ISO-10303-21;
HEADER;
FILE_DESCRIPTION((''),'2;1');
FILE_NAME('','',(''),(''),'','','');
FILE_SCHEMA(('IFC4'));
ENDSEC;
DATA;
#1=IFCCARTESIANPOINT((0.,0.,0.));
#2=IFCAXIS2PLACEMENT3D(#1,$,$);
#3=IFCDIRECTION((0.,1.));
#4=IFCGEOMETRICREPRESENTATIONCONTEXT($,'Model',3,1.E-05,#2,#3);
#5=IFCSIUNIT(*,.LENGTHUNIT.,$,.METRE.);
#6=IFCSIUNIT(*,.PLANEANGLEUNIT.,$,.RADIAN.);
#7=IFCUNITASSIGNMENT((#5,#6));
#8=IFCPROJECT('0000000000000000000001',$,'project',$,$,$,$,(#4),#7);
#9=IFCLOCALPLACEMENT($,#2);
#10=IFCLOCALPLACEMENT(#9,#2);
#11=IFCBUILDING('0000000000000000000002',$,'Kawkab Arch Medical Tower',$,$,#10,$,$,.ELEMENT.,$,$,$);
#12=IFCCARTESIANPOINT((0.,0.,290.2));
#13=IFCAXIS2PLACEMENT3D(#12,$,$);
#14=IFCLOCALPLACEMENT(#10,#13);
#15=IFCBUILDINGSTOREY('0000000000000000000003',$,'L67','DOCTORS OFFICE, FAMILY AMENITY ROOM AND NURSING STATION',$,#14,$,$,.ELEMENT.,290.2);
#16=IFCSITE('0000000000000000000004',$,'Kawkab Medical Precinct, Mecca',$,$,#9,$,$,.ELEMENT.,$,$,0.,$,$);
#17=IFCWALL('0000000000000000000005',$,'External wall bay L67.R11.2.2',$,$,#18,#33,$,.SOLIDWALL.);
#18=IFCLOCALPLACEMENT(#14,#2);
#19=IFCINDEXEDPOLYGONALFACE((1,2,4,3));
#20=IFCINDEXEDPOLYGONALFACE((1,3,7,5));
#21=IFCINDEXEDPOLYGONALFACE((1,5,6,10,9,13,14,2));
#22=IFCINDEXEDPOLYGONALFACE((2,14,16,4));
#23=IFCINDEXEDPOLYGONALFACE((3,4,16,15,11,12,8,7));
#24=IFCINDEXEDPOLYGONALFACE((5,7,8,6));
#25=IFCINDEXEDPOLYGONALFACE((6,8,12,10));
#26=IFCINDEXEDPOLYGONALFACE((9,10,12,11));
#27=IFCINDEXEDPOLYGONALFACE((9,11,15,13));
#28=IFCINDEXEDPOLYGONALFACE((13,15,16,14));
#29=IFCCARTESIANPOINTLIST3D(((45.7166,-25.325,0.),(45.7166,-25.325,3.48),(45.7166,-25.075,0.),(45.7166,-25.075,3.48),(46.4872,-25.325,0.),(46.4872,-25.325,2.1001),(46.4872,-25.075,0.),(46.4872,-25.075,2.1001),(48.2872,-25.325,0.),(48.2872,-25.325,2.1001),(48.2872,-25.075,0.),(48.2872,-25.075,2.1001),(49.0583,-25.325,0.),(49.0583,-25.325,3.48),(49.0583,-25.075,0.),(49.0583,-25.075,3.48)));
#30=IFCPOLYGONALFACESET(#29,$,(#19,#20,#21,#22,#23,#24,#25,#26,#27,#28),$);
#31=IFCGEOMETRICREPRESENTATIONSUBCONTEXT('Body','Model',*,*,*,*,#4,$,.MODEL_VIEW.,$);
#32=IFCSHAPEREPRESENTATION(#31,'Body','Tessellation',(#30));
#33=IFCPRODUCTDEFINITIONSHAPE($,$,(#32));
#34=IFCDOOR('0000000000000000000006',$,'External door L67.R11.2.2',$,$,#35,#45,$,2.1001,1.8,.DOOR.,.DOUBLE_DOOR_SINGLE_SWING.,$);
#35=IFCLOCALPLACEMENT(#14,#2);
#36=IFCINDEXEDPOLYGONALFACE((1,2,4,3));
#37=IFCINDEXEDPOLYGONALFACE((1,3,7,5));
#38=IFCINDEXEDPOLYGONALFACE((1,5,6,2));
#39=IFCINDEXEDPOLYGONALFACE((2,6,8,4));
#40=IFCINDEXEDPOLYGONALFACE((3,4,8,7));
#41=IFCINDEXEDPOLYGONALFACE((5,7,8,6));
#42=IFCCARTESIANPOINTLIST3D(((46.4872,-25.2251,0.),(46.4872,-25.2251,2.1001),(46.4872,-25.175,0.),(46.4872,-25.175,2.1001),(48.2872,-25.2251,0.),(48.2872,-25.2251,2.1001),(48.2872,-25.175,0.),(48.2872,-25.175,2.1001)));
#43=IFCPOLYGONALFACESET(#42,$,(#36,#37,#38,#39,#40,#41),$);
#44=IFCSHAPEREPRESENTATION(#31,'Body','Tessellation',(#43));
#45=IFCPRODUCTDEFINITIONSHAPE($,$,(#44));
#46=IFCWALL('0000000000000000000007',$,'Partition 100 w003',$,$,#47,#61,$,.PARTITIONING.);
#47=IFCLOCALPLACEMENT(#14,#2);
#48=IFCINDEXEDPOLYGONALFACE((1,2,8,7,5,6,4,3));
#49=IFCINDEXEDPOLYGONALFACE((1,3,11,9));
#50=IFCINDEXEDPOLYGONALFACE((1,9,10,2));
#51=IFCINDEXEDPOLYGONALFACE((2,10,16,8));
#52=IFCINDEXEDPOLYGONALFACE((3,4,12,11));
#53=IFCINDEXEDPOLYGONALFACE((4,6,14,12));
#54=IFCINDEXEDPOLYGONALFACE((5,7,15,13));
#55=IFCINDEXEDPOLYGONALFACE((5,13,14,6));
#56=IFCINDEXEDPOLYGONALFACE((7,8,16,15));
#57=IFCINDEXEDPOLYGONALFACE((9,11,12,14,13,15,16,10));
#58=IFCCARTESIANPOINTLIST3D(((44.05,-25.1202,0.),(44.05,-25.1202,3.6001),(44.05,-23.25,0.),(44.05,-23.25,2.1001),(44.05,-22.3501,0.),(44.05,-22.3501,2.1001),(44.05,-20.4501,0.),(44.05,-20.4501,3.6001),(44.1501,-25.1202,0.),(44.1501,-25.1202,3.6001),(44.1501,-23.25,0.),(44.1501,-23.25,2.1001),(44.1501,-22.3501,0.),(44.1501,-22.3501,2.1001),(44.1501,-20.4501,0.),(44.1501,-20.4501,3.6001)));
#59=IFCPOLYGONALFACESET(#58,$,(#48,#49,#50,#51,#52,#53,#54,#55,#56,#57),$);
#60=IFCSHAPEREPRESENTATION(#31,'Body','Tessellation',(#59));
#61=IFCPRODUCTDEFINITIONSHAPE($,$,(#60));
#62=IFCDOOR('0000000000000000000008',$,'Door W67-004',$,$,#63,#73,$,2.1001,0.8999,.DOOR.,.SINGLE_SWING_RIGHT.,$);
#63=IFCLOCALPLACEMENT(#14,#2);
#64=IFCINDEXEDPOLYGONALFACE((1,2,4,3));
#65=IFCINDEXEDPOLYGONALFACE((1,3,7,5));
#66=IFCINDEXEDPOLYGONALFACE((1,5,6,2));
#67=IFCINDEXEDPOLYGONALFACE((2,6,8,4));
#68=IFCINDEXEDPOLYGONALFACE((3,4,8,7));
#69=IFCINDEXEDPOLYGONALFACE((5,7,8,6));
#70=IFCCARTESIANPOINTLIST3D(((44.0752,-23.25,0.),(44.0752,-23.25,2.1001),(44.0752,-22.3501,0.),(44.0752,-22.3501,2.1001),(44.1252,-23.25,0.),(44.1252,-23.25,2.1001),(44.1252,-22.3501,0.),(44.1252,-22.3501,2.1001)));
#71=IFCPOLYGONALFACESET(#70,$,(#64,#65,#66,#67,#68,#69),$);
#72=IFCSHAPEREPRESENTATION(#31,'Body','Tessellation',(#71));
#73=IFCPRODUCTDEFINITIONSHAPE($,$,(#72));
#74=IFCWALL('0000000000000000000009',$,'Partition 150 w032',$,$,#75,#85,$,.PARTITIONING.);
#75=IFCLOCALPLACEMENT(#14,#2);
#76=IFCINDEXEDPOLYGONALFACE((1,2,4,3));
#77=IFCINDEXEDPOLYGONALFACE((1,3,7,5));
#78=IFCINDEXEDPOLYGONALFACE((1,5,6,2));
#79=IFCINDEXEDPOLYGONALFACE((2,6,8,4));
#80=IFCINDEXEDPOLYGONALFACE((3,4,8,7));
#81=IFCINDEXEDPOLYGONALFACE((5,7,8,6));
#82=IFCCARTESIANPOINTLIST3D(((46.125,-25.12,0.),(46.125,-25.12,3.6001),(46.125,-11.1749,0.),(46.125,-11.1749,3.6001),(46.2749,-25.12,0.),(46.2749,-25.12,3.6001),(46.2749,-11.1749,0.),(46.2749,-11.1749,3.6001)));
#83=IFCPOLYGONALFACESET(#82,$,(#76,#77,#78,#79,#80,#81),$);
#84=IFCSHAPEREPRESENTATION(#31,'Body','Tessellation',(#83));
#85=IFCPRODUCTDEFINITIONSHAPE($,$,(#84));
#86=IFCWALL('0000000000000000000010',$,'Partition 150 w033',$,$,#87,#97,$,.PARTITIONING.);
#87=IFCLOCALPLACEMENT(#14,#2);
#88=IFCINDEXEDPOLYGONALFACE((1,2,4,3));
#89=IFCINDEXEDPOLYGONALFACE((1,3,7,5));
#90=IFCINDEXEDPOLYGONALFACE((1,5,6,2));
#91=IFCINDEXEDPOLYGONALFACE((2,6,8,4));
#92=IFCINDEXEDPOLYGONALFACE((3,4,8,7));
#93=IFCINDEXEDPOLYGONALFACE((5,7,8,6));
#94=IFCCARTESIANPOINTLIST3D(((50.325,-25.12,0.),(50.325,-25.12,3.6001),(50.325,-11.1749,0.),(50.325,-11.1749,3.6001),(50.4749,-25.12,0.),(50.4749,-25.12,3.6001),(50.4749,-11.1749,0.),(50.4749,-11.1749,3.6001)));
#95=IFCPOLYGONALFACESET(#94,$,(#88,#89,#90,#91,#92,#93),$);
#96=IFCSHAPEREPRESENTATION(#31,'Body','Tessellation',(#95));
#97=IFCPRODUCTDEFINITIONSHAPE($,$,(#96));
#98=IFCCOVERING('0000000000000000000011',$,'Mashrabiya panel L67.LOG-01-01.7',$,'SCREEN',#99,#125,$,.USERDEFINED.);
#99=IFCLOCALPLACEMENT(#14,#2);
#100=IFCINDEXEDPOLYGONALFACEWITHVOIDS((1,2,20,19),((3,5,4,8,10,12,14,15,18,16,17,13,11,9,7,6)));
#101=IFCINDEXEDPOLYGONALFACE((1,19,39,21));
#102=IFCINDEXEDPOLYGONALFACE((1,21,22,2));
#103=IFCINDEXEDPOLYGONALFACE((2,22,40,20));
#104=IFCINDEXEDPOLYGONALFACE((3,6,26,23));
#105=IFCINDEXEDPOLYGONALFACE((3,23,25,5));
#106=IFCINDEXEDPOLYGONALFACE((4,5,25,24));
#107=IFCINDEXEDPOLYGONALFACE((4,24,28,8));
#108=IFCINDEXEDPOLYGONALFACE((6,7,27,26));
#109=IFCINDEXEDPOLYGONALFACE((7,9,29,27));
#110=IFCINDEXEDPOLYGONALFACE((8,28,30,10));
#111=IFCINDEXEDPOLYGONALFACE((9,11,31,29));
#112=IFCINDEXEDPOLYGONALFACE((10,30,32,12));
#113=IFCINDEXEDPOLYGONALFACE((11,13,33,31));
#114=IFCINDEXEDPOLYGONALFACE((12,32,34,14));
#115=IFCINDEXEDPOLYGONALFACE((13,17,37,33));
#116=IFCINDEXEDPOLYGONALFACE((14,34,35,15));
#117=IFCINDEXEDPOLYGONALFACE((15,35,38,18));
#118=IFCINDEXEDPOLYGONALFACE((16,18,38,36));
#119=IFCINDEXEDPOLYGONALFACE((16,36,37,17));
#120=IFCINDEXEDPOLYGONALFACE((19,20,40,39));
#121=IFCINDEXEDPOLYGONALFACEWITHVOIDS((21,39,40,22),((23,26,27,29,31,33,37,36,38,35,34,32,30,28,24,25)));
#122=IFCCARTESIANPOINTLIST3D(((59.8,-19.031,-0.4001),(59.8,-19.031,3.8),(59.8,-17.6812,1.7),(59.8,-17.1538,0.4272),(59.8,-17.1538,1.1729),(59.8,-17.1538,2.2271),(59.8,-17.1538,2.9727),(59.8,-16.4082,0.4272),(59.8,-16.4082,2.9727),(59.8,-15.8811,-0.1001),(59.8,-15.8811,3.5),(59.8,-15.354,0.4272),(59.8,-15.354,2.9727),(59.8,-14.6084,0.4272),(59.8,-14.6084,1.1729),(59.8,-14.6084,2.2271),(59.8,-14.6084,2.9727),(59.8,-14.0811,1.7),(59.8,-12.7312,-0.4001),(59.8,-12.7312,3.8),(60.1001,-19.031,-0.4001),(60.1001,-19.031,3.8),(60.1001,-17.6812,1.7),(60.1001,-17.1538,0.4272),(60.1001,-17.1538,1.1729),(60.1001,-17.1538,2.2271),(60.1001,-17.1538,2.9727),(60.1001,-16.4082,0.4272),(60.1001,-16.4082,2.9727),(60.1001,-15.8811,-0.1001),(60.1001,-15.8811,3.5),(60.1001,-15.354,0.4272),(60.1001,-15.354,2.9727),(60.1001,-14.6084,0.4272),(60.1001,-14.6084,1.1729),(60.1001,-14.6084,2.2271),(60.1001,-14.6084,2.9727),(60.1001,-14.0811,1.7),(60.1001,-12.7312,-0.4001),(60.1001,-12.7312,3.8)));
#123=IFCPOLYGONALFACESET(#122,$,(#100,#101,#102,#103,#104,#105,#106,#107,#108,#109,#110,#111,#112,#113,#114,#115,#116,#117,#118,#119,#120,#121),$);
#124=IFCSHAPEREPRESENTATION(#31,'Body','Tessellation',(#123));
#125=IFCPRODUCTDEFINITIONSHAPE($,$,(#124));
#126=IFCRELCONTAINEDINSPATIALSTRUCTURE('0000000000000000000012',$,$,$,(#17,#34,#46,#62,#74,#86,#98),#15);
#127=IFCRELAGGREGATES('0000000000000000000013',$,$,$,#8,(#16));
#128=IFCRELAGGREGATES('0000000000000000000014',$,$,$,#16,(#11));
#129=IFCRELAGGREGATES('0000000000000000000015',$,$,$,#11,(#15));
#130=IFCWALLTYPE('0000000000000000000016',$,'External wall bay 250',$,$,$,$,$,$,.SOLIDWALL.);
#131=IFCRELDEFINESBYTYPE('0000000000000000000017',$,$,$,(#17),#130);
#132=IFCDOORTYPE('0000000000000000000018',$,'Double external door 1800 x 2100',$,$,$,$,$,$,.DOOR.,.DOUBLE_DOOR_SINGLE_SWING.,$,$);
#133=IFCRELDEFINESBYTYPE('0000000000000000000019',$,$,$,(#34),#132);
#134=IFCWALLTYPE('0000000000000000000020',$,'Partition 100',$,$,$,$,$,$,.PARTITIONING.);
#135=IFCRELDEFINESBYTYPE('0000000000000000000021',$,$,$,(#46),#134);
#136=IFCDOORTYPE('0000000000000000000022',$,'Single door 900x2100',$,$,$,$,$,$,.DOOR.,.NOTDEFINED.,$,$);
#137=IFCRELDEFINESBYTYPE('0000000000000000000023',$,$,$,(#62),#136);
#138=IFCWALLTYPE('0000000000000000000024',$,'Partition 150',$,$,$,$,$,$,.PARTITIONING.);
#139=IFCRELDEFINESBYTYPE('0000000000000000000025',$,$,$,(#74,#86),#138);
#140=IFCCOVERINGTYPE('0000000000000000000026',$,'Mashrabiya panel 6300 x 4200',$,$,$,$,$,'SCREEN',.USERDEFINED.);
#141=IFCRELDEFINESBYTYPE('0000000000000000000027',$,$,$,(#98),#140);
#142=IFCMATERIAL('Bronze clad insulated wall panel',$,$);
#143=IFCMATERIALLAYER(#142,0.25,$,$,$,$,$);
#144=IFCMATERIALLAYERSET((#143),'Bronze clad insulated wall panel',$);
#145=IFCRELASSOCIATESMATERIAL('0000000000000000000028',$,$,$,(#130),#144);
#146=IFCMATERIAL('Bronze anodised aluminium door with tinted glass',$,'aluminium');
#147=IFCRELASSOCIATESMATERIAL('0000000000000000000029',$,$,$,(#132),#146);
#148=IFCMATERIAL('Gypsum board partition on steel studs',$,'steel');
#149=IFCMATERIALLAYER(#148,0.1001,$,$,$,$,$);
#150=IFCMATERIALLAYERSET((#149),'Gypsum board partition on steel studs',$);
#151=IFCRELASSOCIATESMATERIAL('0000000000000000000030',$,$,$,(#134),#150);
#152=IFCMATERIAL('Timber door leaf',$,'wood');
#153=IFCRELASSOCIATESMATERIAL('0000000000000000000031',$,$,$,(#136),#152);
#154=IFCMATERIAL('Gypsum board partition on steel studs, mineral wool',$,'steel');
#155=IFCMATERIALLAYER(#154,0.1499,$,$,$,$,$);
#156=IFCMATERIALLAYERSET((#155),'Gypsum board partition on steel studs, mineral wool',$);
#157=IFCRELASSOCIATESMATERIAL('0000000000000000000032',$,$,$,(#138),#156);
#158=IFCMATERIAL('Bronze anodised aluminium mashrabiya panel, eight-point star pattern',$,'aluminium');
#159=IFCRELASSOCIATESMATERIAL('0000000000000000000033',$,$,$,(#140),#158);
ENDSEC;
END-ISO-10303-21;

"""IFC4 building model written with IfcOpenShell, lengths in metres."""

from ifc_helpers import new_model, si_unit, direction, frame, frame_2d, origin, place, context, subcontext, project, spatial, polyline, rectangle, outline, extrude, material, layer, layer_set, material_profile, profile_set, type_object, element, fill, save


model = new_model("IFC4")

# Units and contexts
model_context = context("Model", 3, precision=1e-05, world=origin(), true_north=direction((0.0, 1.0)))
body_context = subcontext(model_context, "Body", "Model", "MODEL_VIEW")
ifc_project = project(units=[si_unit("LENGTHUNIT", "METRE"), si_unit("PLANEANGLEUNIT", "RADIAN")], contexts=[model_context])

# Site, building, storey
site_placement = place(None, origin())
site = spatial("IfcSite", under=ifc_project, at=site_placement, Name="Kawkab Medical Precinct, Mecca", CompositionType="ELEMENT", RefElevation=0.0)
building_placement = place(site_placement, origin())
building = spatial("IfcBuilding", under=site, at=building_placement, Name="Kawkab Arch Medical Tower", CompositionType="ELEMENT")
storey_placement = place(building_placement, frame((0.0, 0.0, 290.2)))
storey = spatial("IfcBuildingStorey", under=building, at=storey_placement, Name="L67", Description="DOCTORS OFFICE, FAMILY AMENITY ROOM AND NURSING STATION", CompositionType="ELEMENT", Elevation=290.2)

# Walls, openings, doors
ifc_material_1 = material(Name="Bronze clad insulated wall panel")
ifc_layer_1 = layer(ifc_material_1, 0.25)
ifc_layer_set_1 = layer_set([ifc_layer_1], Name="Bronze clad insulated wall panel")
wall_type_1 = type_object("IfcWallType", Name="External wall bay 250", PredefinedType="SOLIDWALL", material=ifc_layer_set_1)
wall_1_placement = place(storey_placement, frame((45.7166, -25.2, 0.0), z_axis=(0.0, 0.0, 1.0), x_axis=(1.0, 0.0, 0.0)))
wall_1 = element("IfcWall", 1, at=wall_1_placement, inside=storey, type_object=wall_type_1, Name="External wall bay L67.R11.2.2", PredefinedType="SOLIDWALL", context=body_context, shape_type="SweptSolid", body=[
    extrude(rectangle(XDim=3.3418, YDim=0.25, at=frame_2d((1.6709, 0.0))), origin(), (0.0, 0.0, 1.0), 3.48),
])
opening_1_placement = place(wall_1_placement, frame((0.7708, 0.0, 0.0)))
opening_1 = element("IfcOpeningElement", 2, at=opening_1_placement, cuts=wall_1, PredefinedType="OPENING", context=body_context, shape_type="SweptSolid", body=[
    extrude(rectangle(XDim=1.8, YDim=2.1001, at=frame_2d((0.8999, 1.05))), frame((0.0, 0.135, 0.0), z_axis=(0.0, -1.0, 0.0), x_axis=(1.0, 0.0, 0.0)), (0.0, 0.0, 1.0), 0.27),
])
ifc_material_2 = material(Name="Bronze anodised aluminium door with tinted glass", Category="aluminium")
door_type_1 = type_object("IfcDoorType", Name="Double external door 1800 x 2100", OperationType="DOUBLE_DOOR_SINGLE_SWING", PredefinedType="DOOR", material=ifc_material_2)
door_1_placement = place(opening_1_placement, origin())
door_1 = element("IfcDoor", 3, at=door_1_placement, inside=storey, type_object=door_type_1, Name="External door L67.R11.2.2", OperationType="DOUBLE_DOOR_SINGLE_SWING", OverallHeight=2.1001, OverallWidth=1.8, PredefinedType="DOOR", context=body_context, shape_type="SweptSolid", body=[
    extrude(rectangle(XDim=1.8, YDim=2.1001, at=frame_2d((0.8999, 1.05))), frame((0.0, 0.0249, 0.0), z_axis=(0.0, -1.0, 0.0), x_axis=(1.0, 0.0, 0.0)), (0.0, 0.0, 1.0), 0.05),
])
fill(opening_1, door_1)
ifc_material_3 = material(Name="Gypsum board partition on steel studs", Category="steel")
ifc_layer_2 = layer(ifc_material_3, 0.1001)
ifc_layer_set_2 = layer_set([ifc_layer_2], Name="Gypsum board partition on steel studs")
wall_type_2 = type_object("IfcWallType", Name="Partition 100", PredefinedType="PARTITIONING", material=ifc_layer_set_2)
wall_2_placement = place(storey_placement, frame((44.1001, -25.1201, 0.0), z_axis=(0.0, 0.0, 1.0), x_axis=(0.0, 1.0, 0.0)))
wall_2 = element("IfcWall", 4, at=wall_2_placement, inside=storey, type_object=wall_type_2, Name="Partition 100 w003", PredefinedType="PARTITIONING", context=body_context, shape_type="SweptSolid", body=[
    extrude(rectangle(XDim=4.6702, YDim=0.1001, at=frame_2d((2.335, 0.0))), origin(), (0.0, 0.0, 1.0), 3.6001),
])
opening_2_placement = place(wall_2_placement, frame((1.8701, 0.0, 0.0)))
opening_2 = element("IfcOpeningElement", 5, at=opening_2_placement, cuts=wall_2, PredefinedType="OPENING", context=body_context, shape_type="SweptSolid", body=[
    extrude(rectangle(XDim=0.8999, YDim=2.1001, at=frame_2d((0.45, 1.05))), frame((0.0, 0.0601, 0.0), z_axis=(0.0, -1.0, 0.0), x_axis=(1.0, 0.0, 0.0)), (0.0, 0.0, 1.0), 0.1201),
])
ifc_material_4 = material(Name="Timber door leaf", Category="wood")
door_type_2 = type_object("IfcDoorType", Name="Single door 900x2100", OperationType="NOTDEFINED", PredefinedType="DOOR", material=ifc_material_4)
door_2_placement = place(opening_2_placement, origin())
door_2 = element("IfcDoor", 6, at=door_2_placement, inside=storey, type_object=door_type_2, Name="Door W67-004", OperationType="SINGLE_SWING_RIGHT", OverallHeight=2.1001, OverallWidth=0.8999, PredefinedType="DOOR", context=body_context, shape_type="SweptSolid", body=[
    extrude(rectangle(XDim=0.8999, YDim=2.1001, at=frame_2d((0.45, 1.05))), frame((0.0, 0.0249, 0.0), z_axis=(0.0, -1.0, 0.0), x_axis=(1.0, 0.0, 0.0)), (0.0, 0.0, 1.0), 0.05),
])
fill(opening_2, door_2)

# Walls
ifc_material_5 = material(Name="Gypsum board partition on steel studs, mineral wool", Category="steel")
ifc_layer_3 = layer(ifc_material_5, 0.1499)
ifc_layer_set_3 = layer_set([ifc_layer_3], Name="Gypsum board partition on steel studs, mineral wool")
wall_type_3 = type_object("IfcWallType", Name="Partition 150", PredefinedType="PARTITIONING", material=ifc_layer_set_3)
for number, where, z_axis, x_axis, name in (
    (7, (46.2, -25.1201, 0.0), (0.0, 0.0, 1.0), (0.0, 1.0, 0.0), "Partition 150 w032"),
    (8, (50.3999, -25.1201, 0.0), (0.0, 0.0, 1.0), (0.0, 1.0, 0.0), "Partition 150 w033"),
):
    element("IfcWall", number, at=place(storey_placement, frame(where, z_axis=z_axis, x_axis=x_axis)), inside=storey, type_object=wall_type_3, Name=name, PredefinedType="PARTITIONING", context=body_context, shape_type="SweptSolid", body=[
        extrude(rectangle(XDim=13.9451, YDim=0.1499, at=frame_2d((6.9727, 0.0))), origin(), (0.0, 0.0, 1.0), 3.6001),
    ])

# Covering
ifc_material_6 = material(Name="Bronze anodised aluminium mashrabiya panel, eight-point star pattern", Category="aluminium")
ifc_material_profile_1 = material_profile(ifc_material_6, outline(polyline([(-3.1499, -2.1001), (3.1499, -2.1001), (3.1499, 2.1001), (-3.1499, 2.1001), (-3.1499, -2.1001)]), holes=[polyline([(1.8, 0.0), (1.2727, 0.5271), (1.2727, 1.2727), (0.5271, 1.2727), (0.0, 1.8), (-0.5271, 1.2727), (-1.2727, 1.2727), (-1.2727, 0.5271), (-1.8, 0.0), (-1.2727, -0.5271), (-1.2727, -1.2727), (-0.5271, -1.2727), (0.0, -1.8), (0.5271, -1.2727), (1.2727, -1.2727), (1.2727, -0.5271), (1.8, 0.0)])]), Name="Mashrabiya panel 6300x4200")
ifc_profile_set_1 = profile_set([ifc_material_profile_1], Name="Bronze anodised aluminium mashrabiya panel, eight-point star pattern")
covering_type = type_object("IfcCoveringType", Name="Mashrabiya panel 6300 x 4200", ElementType="SCREEN", PredefinedType="USERDEFINED", material=ifc_profile_set_1)
covering_placement = place(storey_placement, frame((59.8, -15.8811, 1.7), z_axis=(1.0, 0.0, 0.0), x_axis=(0.0, 1.0, 0.0)))
element("IfcCovering", 9, at=covering_placement, inside=storey, type_object=covering_type, Name="Mashrabiya panel L67.LOG-01-01.7", ObjectType="SCREEN", PredefinedType="USERDEFINED", context=body_context, shape_type="SweptSolid", body=[
    extrude(outline(polyline([(-3.1499, -2.1001), (3.1499, -2.1001), (3.1499, 2.1001), (-3.1499, 2.1001), (-3.1499, -2.1001)]), holes=[polyline([(1.8, 0.0), (1.2727, 0.5271), (1.2727, 1.2727), (0.5271, 1.2727), (0.0, 1.8), (-0.5271, 1.2727), (-1.2727, 1.2727), (-1.2727, 0.5271), (-1.8, 0.0), (-1.2727, -0.5271), (-1.2727, -1.2727), (-0.5271, -1.2727), (0.0, -1.8), (0.5271, -1.2727), (1.2727, -1.2727), (1.2727, -0.5271), (1.8, 0.0)])]), origin(), (0.0, 0.0, 1.0), 0.3),
])

save(model, "model.ifc")
